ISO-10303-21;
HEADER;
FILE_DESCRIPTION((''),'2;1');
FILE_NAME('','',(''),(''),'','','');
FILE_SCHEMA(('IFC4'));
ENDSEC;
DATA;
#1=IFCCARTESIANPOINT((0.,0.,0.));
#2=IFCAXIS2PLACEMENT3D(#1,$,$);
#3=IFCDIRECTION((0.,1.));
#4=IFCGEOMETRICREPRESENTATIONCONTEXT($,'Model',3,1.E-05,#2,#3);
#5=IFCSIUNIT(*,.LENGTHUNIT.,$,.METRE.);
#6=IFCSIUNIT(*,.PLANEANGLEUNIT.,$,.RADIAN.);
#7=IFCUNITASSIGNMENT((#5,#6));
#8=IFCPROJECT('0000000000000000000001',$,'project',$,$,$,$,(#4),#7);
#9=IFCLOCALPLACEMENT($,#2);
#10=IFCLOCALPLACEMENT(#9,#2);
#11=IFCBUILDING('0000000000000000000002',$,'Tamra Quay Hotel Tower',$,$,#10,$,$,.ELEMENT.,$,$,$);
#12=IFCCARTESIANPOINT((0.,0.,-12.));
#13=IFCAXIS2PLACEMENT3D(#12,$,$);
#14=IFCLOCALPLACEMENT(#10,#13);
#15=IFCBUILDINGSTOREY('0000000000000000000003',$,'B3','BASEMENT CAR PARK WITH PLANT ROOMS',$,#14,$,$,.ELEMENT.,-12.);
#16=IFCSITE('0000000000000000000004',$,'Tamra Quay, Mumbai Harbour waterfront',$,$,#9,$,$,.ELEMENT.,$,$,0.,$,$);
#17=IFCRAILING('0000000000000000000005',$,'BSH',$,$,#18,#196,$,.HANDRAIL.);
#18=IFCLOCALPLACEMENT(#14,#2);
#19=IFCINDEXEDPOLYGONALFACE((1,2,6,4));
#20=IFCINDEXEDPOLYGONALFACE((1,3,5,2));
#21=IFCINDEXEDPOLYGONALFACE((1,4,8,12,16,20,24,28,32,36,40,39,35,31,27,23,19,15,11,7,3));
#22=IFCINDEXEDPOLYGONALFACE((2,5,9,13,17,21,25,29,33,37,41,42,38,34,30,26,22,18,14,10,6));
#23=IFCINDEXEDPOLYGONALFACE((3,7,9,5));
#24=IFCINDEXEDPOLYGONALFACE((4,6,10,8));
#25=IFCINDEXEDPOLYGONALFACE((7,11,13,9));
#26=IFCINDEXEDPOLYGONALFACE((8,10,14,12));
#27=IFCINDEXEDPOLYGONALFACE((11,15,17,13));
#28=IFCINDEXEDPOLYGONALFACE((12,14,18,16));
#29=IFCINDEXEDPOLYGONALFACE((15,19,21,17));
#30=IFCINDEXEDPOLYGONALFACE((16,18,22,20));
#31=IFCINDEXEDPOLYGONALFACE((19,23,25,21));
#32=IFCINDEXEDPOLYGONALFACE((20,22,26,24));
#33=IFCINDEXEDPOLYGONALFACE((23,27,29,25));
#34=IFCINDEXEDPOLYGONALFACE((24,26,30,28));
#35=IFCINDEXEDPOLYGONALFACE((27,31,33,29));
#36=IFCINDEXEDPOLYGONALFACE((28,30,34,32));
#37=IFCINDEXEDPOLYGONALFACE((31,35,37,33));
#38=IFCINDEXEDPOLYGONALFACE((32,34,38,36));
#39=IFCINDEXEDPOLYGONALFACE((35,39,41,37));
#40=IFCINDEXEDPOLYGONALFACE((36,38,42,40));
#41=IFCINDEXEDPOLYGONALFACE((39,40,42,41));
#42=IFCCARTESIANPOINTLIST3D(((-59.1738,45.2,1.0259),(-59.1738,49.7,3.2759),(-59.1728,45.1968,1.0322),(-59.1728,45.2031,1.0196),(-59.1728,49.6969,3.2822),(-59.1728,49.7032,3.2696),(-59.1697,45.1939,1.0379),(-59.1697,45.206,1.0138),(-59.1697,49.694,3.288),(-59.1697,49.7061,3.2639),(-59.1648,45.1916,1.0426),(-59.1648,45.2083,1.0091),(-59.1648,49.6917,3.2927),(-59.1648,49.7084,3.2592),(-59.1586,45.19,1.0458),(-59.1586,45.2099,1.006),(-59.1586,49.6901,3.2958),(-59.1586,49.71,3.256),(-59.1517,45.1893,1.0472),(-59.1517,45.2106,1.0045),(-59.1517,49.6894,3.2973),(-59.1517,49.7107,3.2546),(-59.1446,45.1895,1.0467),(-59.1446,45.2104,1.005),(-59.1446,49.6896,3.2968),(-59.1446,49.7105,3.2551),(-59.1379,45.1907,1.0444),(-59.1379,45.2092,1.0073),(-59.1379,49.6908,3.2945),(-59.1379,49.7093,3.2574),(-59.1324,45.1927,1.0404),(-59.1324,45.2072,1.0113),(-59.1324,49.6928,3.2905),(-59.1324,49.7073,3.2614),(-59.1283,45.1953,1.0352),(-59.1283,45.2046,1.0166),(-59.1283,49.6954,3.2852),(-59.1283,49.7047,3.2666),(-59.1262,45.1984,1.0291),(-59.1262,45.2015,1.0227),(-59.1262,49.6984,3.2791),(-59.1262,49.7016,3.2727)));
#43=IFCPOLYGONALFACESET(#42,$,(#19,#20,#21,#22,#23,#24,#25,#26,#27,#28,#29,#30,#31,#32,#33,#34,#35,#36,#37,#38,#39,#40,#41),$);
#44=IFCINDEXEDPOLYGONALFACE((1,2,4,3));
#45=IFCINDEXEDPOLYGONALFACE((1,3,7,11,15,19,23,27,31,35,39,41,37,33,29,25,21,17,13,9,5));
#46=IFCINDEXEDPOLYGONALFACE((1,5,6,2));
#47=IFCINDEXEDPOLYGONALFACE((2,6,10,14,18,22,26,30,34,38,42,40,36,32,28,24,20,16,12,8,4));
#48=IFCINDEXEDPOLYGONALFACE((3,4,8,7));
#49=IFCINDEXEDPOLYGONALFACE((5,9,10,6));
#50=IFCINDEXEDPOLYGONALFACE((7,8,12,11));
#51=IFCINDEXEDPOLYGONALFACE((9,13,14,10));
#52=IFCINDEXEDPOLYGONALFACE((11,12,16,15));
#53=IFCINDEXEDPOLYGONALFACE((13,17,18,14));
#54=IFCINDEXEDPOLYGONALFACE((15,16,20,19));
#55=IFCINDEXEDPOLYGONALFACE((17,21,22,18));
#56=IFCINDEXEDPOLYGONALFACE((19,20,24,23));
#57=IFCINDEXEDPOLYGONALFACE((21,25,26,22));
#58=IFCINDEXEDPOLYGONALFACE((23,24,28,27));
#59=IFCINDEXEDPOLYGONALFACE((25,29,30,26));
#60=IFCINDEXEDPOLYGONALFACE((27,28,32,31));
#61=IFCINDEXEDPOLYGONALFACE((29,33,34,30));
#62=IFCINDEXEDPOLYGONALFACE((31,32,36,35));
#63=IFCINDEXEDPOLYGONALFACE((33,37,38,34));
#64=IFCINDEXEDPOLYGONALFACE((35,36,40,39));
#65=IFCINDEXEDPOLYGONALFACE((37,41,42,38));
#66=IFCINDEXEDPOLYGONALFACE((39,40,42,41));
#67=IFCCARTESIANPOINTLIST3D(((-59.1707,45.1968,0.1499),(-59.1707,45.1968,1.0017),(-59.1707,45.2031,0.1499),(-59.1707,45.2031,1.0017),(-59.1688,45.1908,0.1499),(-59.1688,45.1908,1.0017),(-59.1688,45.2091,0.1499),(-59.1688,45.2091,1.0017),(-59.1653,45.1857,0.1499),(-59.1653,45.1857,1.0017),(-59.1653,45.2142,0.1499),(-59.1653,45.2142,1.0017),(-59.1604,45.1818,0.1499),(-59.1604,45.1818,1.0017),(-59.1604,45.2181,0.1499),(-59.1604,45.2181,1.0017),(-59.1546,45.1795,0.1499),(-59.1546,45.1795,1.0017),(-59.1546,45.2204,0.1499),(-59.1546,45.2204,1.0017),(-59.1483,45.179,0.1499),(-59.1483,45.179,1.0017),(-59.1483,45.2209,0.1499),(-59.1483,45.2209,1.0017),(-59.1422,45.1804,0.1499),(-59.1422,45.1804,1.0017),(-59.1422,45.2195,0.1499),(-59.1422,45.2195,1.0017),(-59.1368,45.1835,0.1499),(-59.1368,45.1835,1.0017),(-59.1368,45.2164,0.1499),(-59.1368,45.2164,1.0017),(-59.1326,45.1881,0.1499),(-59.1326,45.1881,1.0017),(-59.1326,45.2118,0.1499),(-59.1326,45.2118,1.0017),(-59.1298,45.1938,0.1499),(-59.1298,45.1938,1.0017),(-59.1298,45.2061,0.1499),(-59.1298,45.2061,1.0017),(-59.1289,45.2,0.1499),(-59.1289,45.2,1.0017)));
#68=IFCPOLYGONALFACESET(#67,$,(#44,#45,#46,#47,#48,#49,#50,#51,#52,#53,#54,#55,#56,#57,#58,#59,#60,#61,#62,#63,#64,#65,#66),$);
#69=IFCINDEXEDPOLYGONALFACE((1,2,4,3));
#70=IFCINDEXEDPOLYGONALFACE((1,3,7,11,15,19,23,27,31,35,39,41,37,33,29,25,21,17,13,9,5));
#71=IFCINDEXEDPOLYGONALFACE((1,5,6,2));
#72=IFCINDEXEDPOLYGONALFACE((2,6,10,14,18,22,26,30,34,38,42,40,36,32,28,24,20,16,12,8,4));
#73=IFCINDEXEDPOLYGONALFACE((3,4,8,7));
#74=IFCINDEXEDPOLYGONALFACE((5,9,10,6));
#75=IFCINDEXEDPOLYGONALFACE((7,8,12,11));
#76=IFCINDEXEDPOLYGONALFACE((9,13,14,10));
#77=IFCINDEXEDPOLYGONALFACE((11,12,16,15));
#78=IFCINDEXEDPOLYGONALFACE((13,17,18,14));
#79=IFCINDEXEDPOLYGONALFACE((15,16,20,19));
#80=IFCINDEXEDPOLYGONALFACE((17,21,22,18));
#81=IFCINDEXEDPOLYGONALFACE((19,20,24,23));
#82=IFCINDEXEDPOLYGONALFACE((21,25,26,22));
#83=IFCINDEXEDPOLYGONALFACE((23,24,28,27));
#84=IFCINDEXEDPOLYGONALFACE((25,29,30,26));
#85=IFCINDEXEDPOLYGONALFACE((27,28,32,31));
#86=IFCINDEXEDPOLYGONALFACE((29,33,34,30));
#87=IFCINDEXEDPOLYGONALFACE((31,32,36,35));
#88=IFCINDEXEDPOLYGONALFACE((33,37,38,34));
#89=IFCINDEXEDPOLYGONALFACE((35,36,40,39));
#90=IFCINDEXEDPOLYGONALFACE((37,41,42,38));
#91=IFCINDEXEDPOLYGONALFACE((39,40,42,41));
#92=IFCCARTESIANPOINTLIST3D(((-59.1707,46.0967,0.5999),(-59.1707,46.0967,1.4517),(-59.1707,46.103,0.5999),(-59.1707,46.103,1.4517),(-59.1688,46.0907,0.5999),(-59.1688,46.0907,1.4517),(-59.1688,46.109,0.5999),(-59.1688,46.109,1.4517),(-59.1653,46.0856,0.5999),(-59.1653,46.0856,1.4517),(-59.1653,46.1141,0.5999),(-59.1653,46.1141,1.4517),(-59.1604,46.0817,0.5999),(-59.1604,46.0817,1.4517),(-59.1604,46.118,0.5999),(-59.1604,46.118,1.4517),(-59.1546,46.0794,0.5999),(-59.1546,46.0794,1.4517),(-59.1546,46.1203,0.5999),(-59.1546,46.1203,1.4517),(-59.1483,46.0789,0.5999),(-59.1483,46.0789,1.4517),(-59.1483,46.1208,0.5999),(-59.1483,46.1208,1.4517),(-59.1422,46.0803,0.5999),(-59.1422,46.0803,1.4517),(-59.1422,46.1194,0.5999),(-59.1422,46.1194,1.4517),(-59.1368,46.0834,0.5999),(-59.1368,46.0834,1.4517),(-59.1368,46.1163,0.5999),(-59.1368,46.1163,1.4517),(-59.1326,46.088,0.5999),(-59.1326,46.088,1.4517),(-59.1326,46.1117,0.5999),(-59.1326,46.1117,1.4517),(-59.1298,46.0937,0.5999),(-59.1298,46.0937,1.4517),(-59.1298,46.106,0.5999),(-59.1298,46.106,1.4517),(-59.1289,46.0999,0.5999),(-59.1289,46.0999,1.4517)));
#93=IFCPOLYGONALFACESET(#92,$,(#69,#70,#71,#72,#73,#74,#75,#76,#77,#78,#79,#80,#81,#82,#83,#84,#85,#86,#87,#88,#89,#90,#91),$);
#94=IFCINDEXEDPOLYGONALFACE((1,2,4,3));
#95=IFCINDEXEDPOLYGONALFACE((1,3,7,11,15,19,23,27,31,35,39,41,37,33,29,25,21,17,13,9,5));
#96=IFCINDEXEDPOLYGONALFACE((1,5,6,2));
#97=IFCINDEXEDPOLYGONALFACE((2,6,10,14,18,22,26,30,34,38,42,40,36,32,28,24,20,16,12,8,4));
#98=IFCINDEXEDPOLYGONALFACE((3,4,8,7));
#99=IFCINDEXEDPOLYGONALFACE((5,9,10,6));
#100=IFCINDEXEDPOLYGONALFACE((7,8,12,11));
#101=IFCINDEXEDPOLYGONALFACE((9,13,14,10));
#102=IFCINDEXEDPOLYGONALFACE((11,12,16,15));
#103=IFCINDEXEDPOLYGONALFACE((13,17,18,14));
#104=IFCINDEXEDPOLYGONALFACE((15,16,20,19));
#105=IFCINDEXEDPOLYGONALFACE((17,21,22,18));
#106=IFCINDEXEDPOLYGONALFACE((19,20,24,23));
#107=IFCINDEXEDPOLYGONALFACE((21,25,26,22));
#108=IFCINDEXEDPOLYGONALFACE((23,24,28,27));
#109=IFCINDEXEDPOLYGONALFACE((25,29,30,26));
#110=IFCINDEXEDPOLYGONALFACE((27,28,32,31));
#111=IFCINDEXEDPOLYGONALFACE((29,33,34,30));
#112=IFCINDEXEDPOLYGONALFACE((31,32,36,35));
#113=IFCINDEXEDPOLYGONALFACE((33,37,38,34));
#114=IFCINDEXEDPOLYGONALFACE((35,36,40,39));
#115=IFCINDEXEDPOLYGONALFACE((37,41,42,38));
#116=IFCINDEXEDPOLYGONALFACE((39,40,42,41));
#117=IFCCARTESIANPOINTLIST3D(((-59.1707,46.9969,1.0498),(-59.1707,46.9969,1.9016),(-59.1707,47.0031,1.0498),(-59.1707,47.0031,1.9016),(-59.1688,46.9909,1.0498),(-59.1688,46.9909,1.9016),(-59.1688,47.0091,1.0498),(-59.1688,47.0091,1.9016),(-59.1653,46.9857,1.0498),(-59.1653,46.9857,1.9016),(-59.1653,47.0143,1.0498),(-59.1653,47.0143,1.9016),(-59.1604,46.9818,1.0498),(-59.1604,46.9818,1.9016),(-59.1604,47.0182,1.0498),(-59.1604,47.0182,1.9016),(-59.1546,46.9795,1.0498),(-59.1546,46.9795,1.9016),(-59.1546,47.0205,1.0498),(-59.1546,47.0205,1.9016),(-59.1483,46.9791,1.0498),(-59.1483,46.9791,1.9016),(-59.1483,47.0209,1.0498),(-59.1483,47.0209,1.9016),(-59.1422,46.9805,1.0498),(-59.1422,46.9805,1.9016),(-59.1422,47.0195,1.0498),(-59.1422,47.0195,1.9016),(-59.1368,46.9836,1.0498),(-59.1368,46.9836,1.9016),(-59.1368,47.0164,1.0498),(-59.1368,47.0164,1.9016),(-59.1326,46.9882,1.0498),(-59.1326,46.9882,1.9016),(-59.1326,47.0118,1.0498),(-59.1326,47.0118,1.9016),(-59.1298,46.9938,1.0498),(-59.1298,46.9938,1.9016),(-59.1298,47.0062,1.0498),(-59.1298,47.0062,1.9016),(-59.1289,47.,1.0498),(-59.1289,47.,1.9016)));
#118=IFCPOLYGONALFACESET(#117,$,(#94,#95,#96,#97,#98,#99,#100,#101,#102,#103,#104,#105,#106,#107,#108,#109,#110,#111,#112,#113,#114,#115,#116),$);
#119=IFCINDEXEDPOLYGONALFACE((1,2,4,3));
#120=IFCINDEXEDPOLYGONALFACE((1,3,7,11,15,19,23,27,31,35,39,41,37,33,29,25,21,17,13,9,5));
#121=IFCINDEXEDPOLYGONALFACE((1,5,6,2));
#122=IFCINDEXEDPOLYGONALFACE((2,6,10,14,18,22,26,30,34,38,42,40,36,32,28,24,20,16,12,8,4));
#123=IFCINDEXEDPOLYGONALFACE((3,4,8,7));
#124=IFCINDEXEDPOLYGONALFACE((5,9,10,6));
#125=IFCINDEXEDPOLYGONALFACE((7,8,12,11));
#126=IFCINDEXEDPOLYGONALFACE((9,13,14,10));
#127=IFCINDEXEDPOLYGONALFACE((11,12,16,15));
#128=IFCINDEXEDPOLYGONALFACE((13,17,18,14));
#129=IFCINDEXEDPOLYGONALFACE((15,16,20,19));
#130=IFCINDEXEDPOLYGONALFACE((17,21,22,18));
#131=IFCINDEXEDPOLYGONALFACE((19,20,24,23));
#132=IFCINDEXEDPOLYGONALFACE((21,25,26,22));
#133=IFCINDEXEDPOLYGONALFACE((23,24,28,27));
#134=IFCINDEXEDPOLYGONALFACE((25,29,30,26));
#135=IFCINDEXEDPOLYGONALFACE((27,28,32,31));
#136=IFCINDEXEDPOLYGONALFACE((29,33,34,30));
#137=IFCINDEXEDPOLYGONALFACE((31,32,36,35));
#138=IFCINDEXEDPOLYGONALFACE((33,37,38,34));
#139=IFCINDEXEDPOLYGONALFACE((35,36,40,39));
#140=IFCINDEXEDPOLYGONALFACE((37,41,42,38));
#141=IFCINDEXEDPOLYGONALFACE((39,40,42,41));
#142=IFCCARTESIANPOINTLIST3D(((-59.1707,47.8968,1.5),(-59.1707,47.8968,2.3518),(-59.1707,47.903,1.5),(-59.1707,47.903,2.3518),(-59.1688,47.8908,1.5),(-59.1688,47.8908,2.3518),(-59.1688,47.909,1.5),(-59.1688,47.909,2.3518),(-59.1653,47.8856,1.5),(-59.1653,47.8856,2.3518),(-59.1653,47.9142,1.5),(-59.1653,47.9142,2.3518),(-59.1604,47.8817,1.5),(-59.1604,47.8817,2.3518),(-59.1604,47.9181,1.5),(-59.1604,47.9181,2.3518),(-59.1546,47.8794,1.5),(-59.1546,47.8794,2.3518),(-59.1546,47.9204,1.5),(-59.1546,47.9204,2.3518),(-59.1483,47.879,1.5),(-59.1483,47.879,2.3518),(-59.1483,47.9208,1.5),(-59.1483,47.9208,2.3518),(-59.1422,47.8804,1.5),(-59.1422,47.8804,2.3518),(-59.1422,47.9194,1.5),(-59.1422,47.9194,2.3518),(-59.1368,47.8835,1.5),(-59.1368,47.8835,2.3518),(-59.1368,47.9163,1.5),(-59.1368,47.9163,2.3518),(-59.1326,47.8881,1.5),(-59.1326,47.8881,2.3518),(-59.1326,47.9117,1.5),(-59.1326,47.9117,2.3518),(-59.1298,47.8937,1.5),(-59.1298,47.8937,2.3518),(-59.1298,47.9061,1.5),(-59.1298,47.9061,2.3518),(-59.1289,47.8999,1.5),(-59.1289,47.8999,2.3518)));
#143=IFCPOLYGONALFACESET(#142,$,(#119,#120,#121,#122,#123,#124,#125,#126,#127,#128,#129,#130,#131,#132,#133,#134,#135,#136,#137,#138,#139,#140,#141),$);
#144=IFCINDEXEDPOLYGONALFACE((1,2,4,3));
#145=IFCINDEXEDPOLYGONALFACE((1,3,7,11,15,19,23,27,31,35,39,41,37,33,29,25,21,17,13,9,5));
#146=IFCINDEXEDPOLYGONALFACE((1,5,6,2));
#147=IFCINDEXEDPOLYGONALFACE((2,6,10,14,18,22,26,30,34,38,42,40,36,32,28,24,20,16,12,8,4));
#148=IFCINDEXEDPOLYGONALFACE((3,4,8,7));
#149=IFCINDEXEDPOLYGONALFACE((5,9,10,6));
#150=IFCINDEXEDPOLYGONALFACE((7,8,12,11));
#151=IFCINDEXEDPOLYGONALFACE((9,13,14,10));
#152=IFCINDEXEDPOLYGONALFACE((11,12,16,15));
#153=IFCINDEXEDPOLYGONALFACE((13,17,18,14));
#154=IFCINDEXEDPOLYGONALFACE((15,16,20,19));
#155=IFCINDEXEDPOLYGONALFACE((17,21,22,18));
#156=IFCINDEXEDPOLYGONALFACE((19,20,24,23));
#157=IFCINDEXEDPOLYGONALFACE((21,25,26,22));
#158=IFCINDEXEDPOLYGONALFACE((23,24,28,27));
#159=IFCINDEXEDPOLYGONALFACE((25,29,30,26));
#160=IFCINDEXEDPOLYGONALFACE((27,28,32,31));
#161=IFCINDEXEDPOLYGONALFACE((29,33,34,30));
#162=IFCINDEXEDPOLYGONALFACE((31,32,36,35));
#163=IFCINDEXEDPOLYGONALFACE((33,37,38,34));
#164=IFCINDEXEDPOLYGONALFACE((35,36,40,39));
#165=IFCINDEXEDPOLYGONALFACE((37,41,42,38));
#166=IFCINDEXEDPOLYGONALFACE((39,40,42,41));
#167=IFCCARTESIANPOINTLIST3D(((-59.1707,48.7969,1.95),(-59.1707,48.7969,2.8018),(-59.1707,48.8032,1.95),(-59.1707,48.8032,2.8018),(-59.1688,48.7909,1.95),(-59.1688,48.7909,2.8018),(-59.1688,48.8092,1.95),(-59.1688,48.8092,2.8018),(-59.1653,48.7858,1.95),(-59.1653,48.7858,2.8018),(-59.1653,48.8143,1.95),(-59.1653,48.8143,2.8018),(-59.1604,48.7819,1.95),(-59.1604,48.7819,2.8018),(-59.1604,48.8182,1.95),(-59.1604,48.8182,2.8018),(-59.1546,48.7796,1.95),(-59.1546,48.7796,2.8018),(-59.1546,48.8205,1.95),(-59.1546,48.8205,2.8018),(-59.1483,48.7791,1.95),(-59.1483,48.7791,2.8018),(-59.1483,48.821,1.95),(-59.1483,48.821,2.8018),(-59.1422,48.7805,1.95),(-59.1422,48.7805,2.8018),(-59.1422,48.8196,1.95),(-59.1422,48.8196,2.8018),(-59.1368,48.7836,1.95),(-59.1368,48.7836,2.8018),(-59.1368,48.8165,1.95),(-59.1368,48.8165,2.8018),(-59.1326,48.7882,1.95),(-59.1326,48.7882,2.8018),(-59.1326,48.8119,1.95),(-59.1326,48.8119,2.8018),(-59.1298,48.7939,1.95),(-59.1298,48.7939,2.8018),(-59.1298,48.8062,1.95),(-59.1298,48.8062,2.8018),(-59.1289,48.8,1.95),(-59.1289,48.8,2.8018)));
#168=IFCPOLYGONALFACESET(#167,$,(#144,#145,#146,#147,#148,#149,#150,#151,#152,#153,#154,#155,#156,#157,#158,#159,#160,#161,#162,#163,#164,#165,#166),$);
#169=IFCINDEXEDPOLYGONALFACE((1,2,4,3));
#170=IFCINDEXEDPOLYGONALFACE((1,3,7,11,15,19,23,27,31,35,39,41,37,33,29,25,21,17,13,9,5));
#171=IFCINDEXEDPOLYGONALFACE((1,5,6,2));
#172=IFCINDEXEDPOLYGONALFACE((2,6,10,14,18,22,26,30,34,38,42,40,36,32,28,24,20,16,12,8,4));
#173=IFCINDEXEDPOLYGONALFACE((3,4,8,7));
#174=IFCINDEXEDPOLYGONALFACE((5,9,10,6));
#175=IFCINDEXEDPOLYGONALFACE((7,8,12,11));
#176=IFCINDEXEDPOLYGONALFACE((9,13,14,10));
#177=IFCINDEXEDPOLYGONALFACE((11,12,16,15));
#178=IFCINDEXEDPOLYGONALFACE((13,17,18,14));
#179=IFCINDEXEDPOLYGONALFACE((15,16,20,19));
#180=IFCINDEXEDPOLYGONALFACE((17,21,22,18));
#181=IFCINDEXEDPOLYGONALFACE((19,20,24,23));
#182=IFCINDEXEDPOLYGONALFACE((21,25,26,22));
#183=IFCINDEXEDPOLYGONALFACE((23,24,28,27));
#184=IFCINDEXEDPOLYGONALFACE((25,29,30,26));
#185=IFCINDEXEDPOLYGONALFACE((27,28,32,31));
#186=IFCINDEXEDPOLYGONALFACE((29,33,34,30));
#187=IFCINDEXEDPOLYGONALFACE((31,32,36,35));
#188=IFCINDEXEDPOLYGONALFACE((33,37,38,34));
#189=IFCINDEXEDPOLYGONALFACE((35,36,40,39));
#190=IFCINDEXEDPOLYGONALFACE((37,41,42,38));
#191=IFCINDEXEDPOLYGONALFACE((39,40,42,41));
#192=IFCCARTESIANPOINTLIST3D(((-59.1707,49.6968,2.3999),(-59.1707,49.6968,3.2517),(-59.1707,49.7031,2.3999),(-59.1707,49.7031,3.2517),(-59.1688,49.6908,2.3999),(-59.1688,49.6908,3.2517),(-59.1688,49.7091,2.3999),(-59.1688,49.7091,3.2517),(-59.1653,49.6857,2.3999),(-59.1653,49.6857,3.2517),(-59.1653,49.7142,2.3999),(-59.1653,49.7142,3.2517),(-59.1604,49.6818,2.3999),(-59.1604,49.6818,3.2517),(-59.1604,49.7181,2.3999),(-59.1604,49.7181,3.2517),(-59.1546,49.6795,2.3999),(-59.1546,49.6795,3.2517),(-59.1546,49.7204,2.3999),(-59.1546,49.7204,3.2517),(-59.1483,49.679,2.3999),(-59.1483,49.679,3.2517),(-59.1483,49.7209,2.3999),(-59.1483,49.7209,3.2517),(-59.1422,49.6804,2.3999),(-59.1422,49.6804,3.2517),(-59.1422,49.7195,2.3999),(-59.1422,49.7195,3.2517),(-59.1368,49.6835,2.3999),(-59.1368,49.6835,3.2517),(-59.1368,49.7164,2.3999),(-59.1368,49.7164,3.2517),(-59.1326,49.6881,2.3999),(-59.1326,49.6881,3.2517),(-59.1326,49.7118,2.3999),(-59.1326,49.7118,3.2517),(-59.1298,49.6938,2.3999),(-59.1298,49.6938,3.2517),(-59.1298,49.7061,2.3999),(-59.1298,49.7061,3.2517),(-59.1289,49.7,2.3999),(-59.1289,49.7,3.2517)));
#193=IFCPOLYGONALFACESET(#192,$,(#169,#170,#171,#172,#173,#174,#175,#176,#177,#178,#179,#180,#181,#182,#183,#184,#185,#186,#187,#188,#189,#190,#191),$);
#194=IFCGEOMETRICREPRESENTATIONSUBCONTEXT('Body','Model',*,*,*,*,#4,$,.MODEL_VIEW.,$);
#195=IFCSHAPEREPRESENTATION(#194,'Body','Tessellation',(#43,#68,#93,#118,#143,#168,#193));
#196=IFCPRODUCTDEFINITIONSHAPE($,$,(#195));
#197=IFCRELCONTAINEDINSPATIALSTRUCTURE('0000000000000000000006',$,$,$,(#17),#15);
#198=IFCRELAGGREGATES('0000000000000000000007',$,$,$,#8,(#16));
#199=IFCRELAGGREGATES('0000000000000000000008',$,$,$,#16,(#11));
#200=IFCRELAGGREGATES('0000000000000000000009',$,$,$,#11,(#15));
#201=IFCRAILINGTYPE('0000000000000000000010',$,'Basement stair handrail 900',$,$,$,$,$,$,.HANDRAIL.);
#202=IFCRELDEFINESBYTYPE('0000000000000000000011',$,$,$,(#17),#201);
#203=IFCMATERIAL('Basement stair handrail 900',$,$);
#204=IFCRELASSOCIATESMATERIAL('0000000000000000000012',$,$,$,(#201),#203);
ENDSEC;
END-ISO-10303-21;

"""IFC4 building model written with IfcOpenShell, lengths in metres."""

from ifc_helpers import new_model, si_unit, direction, frame, origin, origin_2d, place, context, subcontext, project, spatial, circle, extrude, material, type_object, element, save


model = new_model("IFC4")

# Units and contexts
model_context = context("Model", 3, precision=1e-05, world=origin(), true_north=direction((0.0, 1.0)))
body_context = subcontext(model_context, "Body", "Model", "MODEL_VIEW")
ifc_project = project(units=[si_unit("LENGTHUNIT", "METRE"), si_unit("PLANEANGLEUNIT", "RADIAN")], contexts=[model_context])

# Site, building, storey
site_placement = place(None, origin())
site = spatial("IfcSite", under=ifc_project, at=site_placement, Name="Tamra Quay, Mumbai Harbour waterfront", CompositionType="ELEMENT", RefElevation=0.0)
building_placement = place(site_placement, origin())
building = spatial("IfcBuilding", under=site, at=building_placement, Name="Tamra Quay Hotel Tower", CompositionType="ELEMENT")
storey_placement = place(building_placement, frame((0.0, 0.0, -12.0)))
storey = spatial("IfcBuildingStorey", under=building, at=storey_placement, Name="B3", Description="BASEMENT CAR PARK WITH PLANT ROOMS", CompositionType="ELEMENT", Elevation=-12.0)

# Railing
ifc_material_1 = material(Name="Basement stair handrail 900")
railing_type_1 = type_object("IfcRailingType", Name="Basement stair handrail 900", PredefinedType="HANDRAIL", material=ifc_material_1)
for number, where, name in (
    (1, (-59.1499, 45.2, 0.1499), "BSH"),
):
    element("IfcRailing", number, at=place(storey_placement, frame(where)), inside=storey, type_object=railing_type_1, Name=name, PredefinedType="HANDRAIL", context=body_context, shape_type="SweptSolid", body=[
        extrude(circle(Radius=0.0239, at=origin_2d()), frame((0.0, 0.0, 0.876), z_axis=(0.0, 0.894427, 0.447214), x_axis=(-1.0, 0.0, 0.0)), (0.0, 0.0, 1.0), 5.0312),
        extrude(circle(Radius=0.021, at=origin_2d()), origin(), (0.0, 0.0, 1.0), 0.8518),
        extrude(circle(Radius=0.021, at=origin_2d()), frame((0.0, 0.8999, 0.45)), (0.0, 0.0, 1.0), 0.8518),
        extrude(circle(Radius=0.021, at=origin_2d()), frame((0.0, 1.8, 0.8999)), (0.0, 0.0, 1.0), 0.8518),
        extrude(circle(Radius=0.021, at=origin_2d()), frame((0.0, 2.7, 1.3501)), (0.0, 0.0, 1.0), 0.8518),
        extrude(circle(Radius=0.021, at=origin_2d()), frame((0.0, 3.6001, 1.8)), (0.0, 0.0, 1.0), 0.8518),
        extrude(circle(Radius=0.021, at=origin_2d()), frame((0.0, 4.5, 2.25)), (0.0, 0.0, 1.0), 0.8518),
    ])

save(model, "model.ifc")
